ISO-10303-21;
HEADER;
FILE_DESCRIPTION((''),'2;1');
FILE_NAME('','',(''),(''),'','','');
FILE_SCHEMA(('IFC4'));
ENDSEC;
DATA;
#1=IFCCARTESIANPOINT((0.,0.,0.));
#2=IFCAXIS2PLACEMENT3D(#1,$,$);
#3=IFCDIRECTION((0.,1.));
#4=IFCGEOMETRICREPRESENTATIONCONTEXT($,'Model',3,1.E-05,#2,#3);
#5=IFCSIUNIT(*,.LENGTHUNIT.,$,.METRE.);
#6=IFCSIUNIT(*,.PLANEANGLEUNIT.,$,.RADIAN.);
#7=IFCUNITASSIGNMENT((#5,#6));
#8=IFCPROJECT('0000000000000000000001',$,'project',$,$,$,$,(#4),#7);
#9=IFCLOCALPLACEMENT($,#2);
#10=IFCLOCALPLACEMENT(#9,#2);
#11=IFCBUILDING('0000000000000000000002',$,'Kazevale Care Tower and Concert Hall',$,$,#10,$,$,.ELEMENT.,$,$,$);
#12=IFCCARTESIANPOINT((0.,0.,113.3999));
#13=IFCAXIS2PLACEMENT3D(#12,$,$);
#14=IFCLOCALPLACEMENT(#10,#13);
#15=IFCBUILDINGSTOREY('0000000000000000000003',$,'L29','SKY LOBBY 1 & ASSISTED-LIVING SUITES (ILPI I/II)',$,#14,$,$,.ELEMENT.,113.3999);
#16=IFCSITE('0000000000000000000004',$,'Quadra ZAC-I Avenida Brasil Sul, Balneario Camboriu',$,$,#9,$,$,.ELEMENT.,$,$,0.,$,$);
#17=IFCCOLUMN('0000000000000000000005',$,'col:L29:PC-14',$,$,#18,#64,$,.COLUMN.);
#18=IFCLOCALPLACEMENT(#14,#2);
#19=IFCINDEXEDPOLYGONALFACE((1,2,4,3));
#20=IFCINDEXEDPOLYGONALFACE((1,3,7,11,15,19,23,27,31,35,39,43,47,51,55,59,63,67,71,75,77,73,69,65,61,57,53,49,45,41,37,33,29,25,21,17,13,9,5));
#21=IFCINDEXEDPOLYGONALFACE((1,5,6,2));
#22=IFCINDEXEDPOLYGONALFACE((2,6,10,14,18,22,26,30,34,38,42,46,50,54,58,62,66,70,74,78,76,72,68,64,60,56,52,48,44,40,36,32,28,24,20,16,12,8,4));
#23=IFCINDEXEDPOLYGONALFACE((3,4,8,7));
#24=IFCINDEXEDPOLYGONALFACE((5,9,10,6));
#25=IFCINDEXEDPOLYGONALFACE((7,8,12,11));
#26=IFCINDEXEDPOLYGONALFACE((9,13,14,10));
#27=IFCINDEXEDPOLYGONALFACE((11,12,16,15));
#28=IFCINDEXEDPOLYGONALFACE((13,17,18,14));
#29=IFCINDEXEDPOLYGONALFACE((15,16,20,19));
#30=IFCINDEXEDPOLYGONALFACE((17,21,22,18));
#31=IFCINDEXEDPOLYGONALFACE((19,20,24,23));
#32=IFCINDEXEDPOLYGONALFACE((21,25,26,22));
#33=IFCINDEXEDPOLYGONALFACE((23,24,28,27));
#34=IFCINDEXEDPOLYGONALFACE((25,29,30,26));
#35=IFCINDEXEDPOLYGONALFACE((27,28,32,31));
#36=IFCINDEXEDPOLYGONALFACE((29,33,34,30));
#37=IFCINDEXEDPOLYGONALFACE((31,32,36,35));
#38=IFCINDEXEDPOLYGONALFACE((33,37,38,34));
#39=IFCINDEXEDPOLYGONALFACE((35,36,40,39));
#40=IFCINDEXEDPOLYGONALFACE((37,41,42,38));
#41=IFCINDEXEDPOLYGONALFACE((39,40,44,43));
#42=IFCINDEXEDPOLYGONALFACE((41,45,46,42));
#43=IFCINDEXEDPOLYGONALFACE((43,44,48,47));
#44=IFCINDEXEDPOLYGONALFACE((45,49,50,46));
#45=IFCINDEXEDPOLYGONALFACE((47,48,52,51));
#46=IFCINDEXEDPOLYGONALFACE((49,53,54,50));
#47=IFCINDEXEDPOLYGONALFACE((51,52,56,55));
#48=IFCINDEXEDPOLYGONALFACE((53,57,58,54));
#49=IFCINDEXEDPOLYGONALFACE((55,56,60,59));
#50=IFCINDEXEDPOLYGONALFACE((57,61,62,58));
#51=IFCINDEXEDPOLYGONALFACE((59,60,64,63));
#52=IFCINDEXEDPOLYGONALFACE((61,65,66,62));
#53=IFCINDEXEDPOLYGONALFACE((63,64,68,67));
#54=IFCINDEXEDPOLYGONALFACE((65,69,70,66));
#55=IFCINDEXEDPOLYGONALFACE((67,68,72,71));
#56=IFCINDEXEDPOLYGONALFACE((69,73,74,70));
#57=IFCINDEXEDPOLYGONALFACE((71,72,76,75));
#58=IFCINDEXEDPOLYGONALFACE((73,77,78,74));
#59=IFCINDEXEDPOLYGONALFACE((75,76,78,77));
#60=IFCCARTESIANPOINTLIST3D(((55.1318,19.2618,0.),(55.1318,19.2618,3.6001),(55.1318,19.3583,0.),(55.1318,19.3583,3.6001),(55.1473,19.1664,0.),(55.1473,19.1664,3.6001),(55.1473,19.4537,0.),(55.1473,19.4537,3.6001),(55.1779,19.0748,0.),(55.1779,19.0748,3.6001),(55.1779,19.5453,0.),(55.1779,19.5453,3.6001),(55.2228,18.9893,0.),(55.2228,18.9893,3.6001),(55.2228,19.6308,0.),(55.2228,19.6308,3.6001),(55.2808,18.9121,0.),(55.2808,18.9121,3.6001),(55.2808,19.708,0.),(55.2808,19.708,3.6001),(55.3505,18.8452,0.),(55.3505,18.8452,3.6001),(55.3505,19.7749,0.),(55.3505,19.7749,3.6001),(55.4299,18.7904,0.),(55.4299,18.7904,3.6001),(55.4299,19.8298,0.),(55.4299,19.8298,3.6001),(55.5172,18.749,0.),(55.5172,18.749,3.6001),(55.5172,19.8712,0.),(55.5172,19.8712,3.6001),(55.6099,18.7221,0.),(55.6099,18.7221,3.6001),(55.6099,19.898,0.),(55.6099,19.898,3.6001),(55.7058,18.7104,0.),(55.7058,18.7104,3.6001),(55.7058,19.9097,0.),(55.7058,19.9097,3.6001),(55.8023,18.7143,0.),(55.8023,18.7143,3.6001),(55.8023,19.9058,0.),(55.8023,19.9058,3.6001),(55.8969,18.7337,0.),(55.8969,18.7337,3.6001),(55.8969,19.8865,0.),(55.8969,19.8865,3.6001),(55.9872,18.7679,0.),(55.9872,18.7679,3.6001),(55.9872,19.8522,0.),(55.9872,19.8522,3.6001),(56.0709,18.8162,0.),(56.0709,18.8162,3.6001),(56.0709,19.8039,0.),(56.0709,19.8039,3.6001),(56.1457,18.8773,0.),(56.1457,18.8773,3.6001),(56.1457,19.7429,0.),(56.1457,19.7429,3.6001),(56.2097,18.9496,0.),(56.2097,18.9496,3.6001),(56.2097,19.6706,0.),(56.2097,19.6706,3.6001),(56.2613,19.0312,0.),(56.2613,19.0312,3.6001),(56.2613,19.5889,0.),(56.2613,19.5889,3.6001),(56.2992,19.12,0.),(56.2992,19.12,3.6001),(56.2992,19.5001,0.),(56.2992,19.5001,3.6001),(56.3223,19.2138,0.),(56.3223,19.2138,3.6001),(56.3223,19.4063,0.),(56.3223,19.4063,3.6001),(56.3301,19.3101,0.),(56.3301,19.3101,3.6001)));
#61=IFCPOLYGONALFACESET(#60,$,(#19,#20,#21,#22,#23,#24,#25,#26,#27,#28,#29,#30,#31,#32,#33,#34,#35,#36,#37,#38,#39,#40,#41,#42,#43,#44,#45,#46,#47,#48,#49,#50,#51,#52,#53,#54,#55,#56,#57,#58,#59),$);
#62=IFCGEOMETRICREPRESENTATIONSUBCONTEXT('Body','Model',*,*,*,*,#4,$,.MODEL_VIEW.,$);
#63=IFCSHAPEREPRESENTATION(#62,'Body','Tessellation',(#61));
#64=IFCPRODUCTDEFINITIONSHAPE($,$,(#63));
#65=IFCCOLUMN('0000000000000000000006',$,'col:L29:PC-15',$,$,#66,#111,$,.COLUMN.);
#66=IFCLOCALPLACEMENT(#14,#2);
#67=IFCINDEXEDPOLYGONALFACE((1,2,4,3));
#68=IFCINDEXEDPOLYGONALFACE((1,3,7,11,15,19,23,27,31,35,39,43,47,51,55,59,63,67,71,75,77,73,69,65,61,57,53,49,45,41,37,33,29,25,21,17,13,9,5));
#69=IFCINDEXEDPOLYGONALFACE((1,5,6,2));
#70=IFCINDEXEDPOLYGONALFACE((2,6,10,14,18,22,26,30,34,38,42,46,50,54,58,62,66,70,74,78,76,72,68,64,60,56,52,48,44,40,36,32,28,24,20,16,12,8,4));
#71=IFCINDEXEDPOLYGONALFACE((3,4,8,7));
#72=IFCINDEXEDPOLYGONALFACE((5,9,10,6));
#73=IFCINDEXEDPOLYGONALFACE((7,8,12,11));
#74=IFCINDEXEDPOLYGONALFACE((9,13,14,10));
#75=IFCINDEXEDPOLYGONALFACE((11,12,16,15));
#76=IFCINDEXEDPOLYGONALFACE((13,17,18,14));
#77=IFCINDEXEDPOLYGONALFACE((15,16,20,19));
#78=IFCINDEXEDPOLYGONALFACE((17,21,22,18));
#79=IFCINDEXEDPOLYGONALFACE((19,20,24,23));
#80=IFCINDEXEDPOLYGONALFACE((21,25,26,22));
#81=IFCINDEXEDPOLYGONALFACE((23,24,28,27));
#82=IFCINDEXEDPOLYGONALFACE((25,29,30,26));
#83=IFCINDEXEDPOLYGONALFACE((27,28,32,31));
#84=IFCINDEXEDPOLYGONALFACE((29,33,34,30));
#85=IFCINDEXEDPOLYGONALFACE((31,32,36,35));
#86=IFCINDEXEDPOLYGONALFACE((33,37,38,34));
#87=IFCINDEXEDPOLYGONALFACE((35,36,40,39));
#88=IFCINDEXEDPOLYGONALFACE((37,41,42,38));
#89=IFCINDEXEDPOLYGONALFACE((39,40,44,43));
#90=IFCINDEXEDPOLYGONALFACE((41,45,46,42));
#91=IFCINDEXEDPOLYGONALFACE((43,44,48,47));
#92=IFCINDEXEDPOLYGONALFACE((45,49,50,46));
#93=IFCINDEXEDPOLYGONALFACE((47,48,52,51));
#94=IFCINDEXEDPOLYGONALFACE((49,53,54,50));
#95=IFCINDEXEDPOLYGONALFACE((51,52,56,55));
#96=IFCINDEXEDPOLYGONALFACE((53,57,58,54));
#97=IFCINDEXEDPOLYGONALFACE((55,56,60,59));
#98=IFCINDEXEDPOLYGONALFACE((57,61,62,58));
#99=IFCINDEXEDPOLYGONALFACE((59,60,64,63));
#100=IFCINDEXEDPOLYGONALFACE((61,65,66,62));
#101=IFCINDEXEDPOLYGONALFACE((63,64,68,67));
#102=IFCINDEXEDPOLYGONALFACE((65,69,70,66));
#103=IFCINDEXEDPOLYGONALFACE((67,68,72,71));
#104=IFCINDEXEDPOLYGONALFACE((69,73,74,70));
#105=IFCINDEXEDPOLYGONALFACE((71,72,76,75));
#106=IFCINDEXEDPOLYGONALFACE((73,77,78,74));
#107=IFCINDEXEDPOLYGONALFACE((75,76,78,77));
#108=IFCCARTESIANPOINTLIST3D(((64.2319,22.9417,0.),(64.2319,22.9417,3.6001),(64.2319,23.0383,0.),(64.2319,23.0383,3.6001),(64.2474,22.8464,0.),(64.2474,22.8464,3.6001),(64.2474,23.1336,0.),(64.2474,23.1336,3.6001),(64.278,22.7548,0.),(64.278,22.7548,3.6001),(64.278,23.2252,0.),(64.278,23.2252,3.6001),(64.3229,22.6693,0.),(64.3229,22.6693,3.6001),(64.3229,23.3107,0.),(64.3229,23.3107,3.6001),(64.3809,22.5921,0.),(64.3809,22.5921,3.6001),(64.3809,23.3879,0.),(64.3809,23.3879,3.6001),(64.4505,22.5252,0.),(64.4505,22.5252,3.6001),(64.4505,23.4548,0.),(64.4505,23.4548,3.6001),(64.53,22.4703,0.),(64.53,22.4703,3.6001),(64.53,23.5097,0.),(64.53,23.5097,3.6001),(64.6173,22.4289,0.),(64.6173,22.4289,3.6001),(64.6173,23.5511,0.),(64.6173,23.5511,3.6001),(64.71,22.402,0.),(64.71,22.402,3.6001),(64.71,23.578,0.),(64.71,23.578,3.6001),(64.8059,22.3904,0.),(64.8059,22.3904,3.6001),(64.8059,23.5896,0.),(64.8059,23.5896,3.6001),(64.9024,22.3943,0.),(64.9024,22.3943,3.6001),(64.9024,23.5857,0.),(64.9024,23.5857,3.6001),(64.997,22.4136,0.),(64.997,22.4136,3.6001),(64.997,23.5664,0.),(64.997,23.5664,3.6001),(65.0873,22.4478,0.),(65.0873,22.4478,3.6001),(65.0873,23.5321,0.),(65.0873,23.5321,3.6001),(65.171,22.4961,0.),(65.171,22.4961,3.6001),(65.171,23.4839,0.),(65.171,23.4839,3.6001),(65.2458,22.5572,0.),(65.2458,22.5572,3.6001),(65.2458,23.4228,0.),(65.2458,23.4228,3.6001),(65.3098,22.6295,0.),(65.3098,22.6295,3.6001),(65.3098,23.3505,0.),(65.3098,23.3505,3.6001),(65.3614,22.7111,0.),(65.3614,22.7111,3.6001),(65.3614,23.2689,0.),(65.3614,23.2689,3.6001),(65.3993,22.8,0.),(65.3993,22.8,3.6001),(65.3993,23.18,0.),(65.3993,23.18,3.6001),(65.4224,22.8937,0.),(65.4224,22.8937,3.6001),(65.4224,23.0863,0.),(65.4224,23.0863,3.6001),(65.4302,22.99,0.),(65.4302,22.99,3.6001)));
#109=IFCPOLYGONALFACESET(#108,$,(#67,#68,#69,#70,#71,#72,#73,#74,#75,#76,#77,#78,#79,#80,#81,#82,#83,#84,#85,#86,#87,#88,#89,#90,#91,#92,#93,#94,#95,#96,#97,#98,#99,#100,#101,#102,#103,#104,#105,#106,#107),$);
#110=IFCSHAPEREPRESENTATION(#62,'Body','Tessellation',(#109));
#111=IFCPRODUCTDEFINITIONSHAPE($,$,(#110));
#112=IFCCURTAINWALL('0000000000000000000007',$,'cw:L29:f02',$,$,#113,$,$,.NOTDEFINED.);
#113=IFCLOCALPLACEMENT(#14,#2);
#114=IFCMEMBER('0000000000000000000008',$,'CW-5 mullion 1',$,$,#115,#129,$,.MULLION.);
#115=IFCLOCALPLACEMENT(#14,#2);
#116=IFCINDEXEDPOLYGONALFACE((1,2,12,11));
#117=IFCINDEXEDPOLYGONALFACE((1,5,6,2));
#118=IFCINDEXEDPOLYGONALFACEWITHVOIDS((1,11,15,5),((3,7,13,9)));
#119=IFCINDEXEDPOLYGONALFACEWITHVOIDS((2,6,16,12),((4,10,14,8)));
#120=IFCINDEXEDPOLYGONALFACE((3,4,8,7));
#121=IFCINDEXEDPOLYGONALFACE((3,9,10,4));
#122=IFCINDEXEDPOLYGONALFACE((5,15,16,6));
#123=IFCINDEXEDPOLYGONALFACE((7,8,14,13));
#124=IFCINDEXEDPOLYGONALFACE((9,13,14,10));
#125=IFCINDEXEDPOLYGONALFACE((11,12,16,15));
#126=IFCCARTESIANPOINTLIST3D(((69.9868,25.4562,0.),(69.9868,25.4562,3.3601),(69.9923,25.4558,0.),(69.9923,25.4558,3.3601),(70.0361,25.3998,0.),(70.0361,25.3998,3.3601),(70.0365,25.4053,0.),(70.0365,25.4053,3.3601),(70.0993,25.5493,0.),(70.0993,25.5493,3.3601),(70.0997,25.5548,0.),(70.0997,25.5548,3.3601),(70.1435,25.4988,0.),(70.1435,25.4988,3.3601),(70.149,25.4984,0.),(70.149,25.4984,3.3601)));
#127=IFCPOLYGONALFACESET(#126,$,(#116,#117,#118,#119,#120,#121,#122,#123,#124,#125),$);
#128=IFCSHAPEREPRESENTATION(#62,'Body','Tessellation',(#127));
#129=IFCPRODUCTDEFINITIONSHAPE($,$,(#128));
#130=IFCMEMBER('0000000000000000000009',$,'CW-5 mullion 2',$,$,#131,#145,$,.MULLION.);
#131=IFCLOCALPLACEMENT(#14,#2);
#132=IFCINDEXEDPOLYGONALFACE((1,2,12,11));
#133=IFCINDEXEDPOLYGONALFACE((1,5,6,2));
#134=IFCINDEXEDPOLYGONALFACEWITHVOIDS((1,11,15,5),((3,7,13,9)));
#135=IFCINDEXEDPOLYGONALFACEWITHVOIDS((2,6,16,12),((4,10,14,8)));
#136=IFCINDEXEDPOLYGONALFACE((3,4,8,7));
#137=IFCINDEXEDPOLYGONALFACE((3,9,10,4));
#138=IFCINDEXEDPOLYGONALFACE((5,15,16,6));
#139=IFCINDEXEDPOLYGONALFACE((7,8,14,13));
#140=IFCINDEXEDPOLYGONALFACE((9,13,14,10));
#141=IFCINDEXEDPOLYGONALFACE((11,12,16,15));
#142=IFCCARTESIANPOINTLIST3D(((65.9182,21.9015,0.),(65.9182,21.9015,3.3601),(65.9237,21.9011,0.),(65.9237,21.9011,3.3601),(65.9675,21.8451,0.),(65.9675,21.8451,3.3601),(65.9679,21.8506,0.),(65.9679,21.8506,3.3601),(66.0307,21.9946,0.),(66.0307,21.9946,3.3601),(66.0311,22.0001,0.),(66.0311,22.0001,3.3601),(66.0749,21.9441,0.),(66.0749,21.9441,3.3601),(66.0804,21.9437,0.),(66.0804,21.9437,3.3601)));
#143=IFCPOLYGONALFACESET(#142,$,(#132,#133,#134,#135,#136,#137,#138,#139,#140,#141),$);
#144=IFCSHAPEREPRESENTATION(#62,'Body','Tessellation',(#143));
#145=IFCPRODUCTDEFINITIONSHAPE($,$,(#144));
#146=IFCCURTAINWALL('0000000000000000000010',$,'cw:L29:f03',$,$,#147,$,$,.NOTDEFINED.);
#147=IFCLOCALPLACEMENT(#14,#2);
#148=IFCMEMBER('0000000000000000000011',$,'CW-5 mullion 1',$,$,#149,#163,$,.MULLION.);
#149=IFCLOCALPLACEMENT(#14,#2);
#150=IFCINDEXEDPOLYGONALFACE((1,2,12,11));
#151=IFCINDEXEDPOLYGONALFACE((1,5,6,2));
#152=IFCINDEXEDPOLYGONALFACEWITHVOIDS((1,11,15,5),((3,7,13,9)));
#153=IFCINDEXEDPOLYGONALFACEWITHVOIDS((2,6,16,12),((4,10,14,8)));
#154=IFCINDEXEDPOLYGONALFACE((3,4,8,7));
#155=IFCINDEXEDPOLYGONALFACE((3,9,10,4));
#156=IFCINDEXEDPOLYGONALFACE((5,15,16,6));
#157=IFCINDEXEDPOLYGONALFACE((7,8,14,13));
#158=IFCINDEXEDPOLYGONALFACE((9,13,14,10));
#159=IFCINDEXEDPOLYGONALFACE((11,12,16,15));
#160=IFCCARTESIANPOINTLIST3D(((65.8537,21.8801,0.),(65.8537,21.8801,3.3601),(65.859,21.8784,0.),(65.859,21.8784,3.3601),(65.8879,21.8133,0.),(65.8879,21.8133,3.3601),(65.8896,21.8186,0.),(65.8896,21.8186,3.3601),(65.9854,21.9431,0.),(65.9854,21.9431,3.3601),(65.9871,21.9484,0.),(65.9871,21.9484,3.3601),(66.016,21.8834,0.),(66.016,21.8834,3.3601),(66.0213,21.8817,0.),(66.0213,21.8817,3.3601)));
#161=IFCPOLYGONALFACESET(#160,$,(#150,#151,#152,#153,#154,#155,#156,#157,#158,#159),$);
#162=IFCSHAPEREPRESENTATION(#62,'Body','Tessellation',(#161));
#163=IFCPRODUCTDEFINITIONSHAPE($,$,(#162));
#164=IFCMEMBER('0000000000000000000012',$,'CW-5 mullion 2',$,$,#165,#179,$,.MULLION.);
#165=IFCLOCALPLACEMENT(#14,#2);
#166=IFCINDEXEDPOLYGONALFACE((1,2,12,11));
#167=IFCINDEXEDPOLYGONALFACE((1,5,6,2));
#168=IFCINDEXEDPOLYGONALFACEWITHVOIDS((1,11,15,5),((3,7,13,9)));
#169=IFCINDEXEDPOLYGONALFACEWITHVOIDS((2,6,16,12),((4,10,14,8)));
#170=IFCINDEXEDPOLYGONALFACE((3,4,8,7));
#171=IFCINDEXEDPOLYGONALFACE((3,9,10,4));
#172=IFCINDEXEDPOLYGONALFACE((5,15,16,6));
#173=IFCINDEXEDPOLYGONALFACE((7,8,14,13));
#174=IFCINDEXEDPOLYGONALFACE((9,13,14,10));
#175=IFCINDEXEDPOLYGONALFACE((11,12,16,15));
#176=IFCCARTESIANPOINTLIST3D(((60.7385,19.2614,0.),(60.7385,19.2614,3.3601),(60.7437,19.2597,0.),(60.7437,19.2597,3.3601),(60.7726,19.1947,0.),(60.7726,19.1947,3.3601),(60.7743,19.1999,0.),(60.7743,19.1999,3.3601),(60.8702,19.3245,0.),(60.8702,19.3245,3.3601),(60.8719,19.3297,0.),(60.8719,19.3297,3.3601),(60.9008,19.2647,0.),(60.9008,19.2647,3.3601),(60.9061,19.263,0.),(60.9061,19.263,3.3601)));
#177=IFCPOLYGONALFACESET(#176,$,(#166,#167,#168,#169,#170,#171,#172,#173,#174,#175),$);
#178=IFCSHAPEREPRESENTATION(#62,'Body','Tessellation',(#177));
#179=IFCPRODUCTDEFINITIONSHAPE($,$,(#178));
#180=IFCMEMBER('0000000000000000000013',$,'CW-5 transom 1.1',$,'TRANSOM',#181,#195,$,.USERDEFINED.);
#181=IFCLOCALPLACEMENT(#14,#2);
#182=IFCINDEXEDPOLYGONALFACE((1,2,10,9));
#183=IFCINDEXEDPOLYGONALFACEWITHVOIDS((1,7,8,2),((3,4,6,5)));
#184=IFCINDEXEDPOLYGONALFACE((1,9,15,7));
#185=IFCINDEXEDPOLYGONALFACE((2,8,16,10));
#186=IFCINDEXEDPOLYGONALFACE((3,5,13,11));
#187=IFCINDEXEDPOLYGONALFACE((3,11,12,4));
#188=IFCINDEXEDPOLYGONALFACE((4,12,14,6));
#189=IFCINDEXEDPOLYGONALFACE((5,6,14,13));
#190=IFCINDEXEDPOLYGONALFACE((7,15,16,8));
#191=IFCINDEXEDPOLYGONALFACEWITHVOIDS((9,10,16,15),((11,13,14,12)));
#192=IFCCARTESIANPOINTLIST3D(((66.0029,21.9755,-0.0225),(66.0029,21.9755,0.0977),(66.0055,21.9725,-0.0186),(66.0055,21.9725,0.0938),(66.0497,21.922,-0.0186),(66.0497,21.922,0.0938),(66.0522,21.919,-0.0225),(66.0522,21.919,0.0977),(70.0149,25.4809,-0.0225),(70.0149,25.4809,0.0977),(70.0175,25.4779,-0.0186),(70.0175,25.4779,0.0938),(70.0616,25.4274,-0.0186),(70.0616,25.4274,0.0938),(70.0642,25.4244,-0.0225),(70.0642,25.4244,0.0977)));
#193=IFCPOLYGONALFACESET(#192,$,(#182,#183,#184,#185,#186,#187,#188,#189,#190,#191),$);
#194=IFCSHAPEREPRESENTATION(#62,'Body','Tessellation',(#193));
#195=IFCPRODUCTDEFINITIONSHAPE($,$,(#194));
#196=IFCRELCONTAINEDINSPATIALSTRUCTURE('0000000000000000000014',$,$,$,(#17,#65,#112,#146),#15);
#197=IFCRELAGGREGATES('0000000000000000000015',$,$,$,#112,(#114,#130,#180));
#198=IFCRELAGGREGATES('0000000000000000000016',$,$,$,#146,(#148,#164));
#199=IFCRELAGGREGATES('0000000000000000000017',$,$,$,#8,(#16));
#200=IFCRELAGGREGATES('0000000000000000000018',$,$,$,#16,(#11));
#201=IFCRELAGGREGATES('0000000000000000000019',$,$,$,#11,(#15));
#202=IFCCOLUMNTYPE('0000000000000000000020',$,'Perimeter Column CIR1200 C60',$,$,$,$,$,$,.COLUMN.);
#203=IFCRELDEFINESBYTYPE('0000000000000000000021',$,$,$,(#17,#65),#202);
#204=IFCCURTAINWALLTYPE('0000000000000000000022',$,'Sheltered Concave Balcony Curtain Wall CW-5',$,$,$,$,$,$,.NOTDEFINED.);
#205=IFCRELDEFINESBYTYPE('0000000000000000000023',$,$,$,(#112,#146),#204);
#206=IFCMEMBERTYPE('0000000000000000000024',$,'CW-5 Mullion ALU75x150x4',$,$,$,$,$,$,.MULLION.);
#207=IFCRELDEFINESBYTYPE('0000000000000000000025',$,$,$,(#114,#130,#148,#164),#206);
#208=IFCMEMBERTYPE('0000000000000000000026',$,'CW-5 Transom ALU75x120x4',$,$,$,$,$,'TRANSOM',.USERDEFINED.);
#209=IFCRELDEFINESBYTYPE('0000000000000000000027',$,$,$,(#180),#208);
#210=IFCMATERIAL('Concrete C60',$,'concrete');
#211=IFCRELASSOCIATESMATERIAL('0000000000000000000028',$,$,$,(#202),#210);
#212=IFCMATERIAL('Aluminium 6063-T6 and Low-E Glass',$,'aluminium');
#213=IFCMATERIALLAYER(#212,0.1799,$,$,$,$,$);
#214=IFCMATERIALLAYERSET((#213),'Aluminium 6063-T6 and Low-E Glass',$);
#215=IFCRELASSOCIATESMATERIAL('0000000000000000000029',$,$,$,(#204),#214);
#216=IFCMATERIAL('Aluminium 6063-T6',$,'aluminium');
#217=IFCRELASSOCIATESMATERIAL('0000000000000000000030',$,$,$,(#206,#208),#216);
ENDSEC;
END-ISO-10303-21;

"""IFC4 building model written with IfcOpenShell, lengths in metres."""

from ifc_helpers import new_model, si_unit, direction, frame, origin, origin_2d, place, context, subcontext, project, spatial, hollow_rectangle, circle, extrude, material, layer, layer_set, material_profile, profile_set, type_object, element, aggregate, save


model = new_model("IFC4")

# Units and contexts
model_context = context("Model", 3, precision=1e-05, world=origin(), true_north=direction((0.0, 1.0)))
body_context = subcontext(model_context, "Body", "Model", "MODEL_VIEW")
ifc_project = project(units=[si_unit("LENGTHUNIT", "METRE"), si_unit("PLANEANGLEUNIT", "RADIAN")], contexts=[model_context])

# Site, building, storey
site_placement = place(None, origin())
site = spatial("IfcSite", under=ifc_project, at=site_placement, Name="Quadra ZAC-I Avenida Brasil Sul, Balneario Camboriu", CompositionType="ELEMENT", RefElevation=0.0)
building_placement = place(site_placement, origin())
building = spatial("IfcBuilding", under=site, at=building_placement, Name="Kazevale Care Tower and Concert Hall", CompositionType="ELEMENT")
storey_placement = place(building_placement, frame((0.0, 0.0, 113.3999)))
storey = spatial("IfcBuildingStorey", under=building, at=storey_placement, Name="L29", Description="SKY LOBBY 1 & ASSISTED-LIVING SUITES (ILPI I/II)", CompositionType="ELEMENT", Elevation=113.3999)

# Columns
ifc_material_1 = material(Name="Concrete C60", Category="concrete")
ifc_material_profile_1 = material_profile(ifc_material_1, circle(Radius=0.6001, at=origin_2d()), Name="RC-CIR1200")
ifc_profile_set_1 = profile_set([ifc_material_profile_1], Name="Concrete C60")
column_type = type_object("IfcColumnType", Name="Perimeter Column CIR1200 C60", PredefinedType="COLUMN", material=ifc_profile_set_1)
for number, where, z_axis, x_axis, name in (
    (1, (55.73, 19.3101, 0.0), (0.0, 0.0, 1.0), (1.0, 0.0, 0.0), "col:L29:PC-14"),
    (2, (64.8301, 22.99, 0.0), (0.0, 0.0, 1.0), (1.0, 0.0, 0.0), "col:L29:PC-15"),
):
    element("IfcColumn", number, at=place(storey_placement, frame(where, z_axis=z_axis, x_axis=x_axis)), inside=storey, type_object=column_type, Name=name, PredefinedType="COLUMN", context=body_context, shape_type="SweptSolid", body=[
        extrude(circle(Radius=0.6001, at=origin_2d()), origin(), (0.0, 0.0, 1.0), 3.6001),
    ])

# Curtain walls, members
ifc_material_2 = material(Name="Aluminium 6063-T6 and Low-E Glass", Category="aluminium")
ifc_layer_1 = layer(ifc_material_2, 0.1799)
ifc_layer_set_1 = layer_set([ifc_layer_1], Name="Aluminium 6063-T6 and Low-E Glass")
curtain_wall_type = type_object("IfcCurtainWallType", Name="Sheltered Concave Balcony Curtain Wall CW-5", PredefinedType="NOTDEFINED", material=ifc_layer_set_1)
curtain_wall_1_placement = place(storey_placement, origin())
curtain_wall_1 = element("IfcCurtainWall", 3, at=curtain_wall_1_placement, inside=storey, type_object=curtain_wall_type, Name="cw:L29:f02", PredefinedType="NOTDEFINED")
ifc_material_3 = material(Name="Aluminium 6063-T6", Category="aluminium")
ifc_material_profile_2 = material_profile(ifc_material_3, hollow_rectangle(XDim=0.075, YDim=0.1499, WallThickness=0.0039, at=origin_2d()), Name="ALU75x150x4")
ifc_profile_set_2 = profile_set([ifc_material_profile_2], Name="Aluminium 6063-T6")
member_type_1 = type_object("IfcMemberType", Name="CW-5 Mullion ALU75x150x4", PredefinedType="MULLION", material=ifc_profile_set_2)
member_1_placement = place(storey_placement, frame((70.0679, 25.4773, 0.0), z_axis=(0.0, 0.0, 1.0), x_axis=(0.657949, -0.753063, 0.0)))
member_1 = element("IfcMember", 4, at=member_1_placement, type_object=member_type_1, Name="CW-5 mullion 1", PredefinedType="MULLION", context=body_context, shape_type="SweptSolid", body=[
    extrude(hollow_rectangle(XDim=0.075, YDim=0.1499, WallThickness=0.0039, at=origin_2d()), origin(), (0.0, 0.0, 1.0), 3.3601),
])
member_2_placement = place(storey_placement, frame((65.9993, 21.9226, 0.0), z_axis=(0.0, 0.0, 1.0), x_axis=(0.657949, -0.753063, 0.0)))
member_2 = element("IfcMember", 5, at=member_2_placement, type_object=member_type_1, Name="CW-5 mullion 2", PredefinedType="MULLION", context=body_context, shape_type="SweptSolid", body=[
    extrude(hollow_rectangle(XDim=0.075, YDim=0.1499, WallThickness=0.0039, at=origin_2d()), origin(), (0.0, 0.0, 1.0), 3.3601),
])
curtain_wall_2_placement = place(storey_placement, origin())
curtain_wall_2 = element("IfcCurtainWall", 6, at=curtain_wall_2_placement, inside=storey, type_object=curtain_wall_type, Name="cw:L29:f03", PredefinedType="NOTDEFINED")
member_3_placement = place(storey_placement, frame((65.9375, 21.8809, 0.0), z_axis=(0.0, 0.0, 1.0), x_axis=(0.455713, -0.890127, 0.0)))
member_3 = element("IfcMember", 7, at=member_3_placement, type_object=member_type_1, Name="CW-5 mullion 1", PredefinedType="MULLION", context=body_context, shape_type="SweptSolid", body=[
    extrude(hollow_rectangle(XDim=0.075, YDim=0.1499, WallThickness=0.0039, at=origin_2d()), origin(), (0.0, 0.0, 1.0), 3.3601),
])
member_4_placement = place(storey_placement, frame((60.8223, 19.2622, 0.0), z_axis=(0.0, 0.0, 1.0), x_axis=(0.455713, -0.890127, 0.0)))
member_4 = element("IfcMember", 8, at=member_4_placement, type_object=member_type_1, Name="CW-5 mullion 2", PredefinedType="MULLION", context=body_context, shape_type="SweptSolid", body=[
    extrude(hollow_rectangle(XDim=0.075, YDim=0.1499, WallThickness=0.0039, at=origin_2d()), origin(), (0.0, 0.0, 1.0), 3.3601),
])

# Member
ifc_material_profile_3 = material_profile(ifc_material_3, hollow_rectangle(XDim=0.075, YDim=0.1201, WallThickness=0.0039, at=origin_2d()), Name="ALU75x120x4")
ifc_profile_set_3 = profile_set([ifc_material_profile_3], Name="Aluminium 6063-T6")
member_type_2 = type_object("IfcMemberType", Name="CW-5 Transom ALU75x120x4", ElementType="TRANSOM", PredefinedType="USERDEFINED", material=ifc_profile_set_3)
member_5_placement = place(storey_placement, frame((70.0396, 25.4526, 0.0376), z_axis=(-0.753051, -0.657963, 0.0), x_axis=(0.657963, -0.753051, 0.0)))
member_5 = element("IfcMember", 9, at=member_5_placement, type_object=member_type_2, Name="CW-5 transom 1.1", ObjectType="TRANSOM", PredefinedType="USERDEFINED", context=body_context, shape_type="SweptSolid", body=[
    extrude(hollow_rectangle(XDim=0.075, YDim=0.1201, WallThickness=0.0039, at=origin_2d()), origin(), (0.0, 0.0, 1.0), 5.3276),
])

aggregate(curtain_wall_1, [member_1, member_2, member_5])
aggregate(curtain_wall_2, [member_3, member_4])

save(model, "model.ifc")
